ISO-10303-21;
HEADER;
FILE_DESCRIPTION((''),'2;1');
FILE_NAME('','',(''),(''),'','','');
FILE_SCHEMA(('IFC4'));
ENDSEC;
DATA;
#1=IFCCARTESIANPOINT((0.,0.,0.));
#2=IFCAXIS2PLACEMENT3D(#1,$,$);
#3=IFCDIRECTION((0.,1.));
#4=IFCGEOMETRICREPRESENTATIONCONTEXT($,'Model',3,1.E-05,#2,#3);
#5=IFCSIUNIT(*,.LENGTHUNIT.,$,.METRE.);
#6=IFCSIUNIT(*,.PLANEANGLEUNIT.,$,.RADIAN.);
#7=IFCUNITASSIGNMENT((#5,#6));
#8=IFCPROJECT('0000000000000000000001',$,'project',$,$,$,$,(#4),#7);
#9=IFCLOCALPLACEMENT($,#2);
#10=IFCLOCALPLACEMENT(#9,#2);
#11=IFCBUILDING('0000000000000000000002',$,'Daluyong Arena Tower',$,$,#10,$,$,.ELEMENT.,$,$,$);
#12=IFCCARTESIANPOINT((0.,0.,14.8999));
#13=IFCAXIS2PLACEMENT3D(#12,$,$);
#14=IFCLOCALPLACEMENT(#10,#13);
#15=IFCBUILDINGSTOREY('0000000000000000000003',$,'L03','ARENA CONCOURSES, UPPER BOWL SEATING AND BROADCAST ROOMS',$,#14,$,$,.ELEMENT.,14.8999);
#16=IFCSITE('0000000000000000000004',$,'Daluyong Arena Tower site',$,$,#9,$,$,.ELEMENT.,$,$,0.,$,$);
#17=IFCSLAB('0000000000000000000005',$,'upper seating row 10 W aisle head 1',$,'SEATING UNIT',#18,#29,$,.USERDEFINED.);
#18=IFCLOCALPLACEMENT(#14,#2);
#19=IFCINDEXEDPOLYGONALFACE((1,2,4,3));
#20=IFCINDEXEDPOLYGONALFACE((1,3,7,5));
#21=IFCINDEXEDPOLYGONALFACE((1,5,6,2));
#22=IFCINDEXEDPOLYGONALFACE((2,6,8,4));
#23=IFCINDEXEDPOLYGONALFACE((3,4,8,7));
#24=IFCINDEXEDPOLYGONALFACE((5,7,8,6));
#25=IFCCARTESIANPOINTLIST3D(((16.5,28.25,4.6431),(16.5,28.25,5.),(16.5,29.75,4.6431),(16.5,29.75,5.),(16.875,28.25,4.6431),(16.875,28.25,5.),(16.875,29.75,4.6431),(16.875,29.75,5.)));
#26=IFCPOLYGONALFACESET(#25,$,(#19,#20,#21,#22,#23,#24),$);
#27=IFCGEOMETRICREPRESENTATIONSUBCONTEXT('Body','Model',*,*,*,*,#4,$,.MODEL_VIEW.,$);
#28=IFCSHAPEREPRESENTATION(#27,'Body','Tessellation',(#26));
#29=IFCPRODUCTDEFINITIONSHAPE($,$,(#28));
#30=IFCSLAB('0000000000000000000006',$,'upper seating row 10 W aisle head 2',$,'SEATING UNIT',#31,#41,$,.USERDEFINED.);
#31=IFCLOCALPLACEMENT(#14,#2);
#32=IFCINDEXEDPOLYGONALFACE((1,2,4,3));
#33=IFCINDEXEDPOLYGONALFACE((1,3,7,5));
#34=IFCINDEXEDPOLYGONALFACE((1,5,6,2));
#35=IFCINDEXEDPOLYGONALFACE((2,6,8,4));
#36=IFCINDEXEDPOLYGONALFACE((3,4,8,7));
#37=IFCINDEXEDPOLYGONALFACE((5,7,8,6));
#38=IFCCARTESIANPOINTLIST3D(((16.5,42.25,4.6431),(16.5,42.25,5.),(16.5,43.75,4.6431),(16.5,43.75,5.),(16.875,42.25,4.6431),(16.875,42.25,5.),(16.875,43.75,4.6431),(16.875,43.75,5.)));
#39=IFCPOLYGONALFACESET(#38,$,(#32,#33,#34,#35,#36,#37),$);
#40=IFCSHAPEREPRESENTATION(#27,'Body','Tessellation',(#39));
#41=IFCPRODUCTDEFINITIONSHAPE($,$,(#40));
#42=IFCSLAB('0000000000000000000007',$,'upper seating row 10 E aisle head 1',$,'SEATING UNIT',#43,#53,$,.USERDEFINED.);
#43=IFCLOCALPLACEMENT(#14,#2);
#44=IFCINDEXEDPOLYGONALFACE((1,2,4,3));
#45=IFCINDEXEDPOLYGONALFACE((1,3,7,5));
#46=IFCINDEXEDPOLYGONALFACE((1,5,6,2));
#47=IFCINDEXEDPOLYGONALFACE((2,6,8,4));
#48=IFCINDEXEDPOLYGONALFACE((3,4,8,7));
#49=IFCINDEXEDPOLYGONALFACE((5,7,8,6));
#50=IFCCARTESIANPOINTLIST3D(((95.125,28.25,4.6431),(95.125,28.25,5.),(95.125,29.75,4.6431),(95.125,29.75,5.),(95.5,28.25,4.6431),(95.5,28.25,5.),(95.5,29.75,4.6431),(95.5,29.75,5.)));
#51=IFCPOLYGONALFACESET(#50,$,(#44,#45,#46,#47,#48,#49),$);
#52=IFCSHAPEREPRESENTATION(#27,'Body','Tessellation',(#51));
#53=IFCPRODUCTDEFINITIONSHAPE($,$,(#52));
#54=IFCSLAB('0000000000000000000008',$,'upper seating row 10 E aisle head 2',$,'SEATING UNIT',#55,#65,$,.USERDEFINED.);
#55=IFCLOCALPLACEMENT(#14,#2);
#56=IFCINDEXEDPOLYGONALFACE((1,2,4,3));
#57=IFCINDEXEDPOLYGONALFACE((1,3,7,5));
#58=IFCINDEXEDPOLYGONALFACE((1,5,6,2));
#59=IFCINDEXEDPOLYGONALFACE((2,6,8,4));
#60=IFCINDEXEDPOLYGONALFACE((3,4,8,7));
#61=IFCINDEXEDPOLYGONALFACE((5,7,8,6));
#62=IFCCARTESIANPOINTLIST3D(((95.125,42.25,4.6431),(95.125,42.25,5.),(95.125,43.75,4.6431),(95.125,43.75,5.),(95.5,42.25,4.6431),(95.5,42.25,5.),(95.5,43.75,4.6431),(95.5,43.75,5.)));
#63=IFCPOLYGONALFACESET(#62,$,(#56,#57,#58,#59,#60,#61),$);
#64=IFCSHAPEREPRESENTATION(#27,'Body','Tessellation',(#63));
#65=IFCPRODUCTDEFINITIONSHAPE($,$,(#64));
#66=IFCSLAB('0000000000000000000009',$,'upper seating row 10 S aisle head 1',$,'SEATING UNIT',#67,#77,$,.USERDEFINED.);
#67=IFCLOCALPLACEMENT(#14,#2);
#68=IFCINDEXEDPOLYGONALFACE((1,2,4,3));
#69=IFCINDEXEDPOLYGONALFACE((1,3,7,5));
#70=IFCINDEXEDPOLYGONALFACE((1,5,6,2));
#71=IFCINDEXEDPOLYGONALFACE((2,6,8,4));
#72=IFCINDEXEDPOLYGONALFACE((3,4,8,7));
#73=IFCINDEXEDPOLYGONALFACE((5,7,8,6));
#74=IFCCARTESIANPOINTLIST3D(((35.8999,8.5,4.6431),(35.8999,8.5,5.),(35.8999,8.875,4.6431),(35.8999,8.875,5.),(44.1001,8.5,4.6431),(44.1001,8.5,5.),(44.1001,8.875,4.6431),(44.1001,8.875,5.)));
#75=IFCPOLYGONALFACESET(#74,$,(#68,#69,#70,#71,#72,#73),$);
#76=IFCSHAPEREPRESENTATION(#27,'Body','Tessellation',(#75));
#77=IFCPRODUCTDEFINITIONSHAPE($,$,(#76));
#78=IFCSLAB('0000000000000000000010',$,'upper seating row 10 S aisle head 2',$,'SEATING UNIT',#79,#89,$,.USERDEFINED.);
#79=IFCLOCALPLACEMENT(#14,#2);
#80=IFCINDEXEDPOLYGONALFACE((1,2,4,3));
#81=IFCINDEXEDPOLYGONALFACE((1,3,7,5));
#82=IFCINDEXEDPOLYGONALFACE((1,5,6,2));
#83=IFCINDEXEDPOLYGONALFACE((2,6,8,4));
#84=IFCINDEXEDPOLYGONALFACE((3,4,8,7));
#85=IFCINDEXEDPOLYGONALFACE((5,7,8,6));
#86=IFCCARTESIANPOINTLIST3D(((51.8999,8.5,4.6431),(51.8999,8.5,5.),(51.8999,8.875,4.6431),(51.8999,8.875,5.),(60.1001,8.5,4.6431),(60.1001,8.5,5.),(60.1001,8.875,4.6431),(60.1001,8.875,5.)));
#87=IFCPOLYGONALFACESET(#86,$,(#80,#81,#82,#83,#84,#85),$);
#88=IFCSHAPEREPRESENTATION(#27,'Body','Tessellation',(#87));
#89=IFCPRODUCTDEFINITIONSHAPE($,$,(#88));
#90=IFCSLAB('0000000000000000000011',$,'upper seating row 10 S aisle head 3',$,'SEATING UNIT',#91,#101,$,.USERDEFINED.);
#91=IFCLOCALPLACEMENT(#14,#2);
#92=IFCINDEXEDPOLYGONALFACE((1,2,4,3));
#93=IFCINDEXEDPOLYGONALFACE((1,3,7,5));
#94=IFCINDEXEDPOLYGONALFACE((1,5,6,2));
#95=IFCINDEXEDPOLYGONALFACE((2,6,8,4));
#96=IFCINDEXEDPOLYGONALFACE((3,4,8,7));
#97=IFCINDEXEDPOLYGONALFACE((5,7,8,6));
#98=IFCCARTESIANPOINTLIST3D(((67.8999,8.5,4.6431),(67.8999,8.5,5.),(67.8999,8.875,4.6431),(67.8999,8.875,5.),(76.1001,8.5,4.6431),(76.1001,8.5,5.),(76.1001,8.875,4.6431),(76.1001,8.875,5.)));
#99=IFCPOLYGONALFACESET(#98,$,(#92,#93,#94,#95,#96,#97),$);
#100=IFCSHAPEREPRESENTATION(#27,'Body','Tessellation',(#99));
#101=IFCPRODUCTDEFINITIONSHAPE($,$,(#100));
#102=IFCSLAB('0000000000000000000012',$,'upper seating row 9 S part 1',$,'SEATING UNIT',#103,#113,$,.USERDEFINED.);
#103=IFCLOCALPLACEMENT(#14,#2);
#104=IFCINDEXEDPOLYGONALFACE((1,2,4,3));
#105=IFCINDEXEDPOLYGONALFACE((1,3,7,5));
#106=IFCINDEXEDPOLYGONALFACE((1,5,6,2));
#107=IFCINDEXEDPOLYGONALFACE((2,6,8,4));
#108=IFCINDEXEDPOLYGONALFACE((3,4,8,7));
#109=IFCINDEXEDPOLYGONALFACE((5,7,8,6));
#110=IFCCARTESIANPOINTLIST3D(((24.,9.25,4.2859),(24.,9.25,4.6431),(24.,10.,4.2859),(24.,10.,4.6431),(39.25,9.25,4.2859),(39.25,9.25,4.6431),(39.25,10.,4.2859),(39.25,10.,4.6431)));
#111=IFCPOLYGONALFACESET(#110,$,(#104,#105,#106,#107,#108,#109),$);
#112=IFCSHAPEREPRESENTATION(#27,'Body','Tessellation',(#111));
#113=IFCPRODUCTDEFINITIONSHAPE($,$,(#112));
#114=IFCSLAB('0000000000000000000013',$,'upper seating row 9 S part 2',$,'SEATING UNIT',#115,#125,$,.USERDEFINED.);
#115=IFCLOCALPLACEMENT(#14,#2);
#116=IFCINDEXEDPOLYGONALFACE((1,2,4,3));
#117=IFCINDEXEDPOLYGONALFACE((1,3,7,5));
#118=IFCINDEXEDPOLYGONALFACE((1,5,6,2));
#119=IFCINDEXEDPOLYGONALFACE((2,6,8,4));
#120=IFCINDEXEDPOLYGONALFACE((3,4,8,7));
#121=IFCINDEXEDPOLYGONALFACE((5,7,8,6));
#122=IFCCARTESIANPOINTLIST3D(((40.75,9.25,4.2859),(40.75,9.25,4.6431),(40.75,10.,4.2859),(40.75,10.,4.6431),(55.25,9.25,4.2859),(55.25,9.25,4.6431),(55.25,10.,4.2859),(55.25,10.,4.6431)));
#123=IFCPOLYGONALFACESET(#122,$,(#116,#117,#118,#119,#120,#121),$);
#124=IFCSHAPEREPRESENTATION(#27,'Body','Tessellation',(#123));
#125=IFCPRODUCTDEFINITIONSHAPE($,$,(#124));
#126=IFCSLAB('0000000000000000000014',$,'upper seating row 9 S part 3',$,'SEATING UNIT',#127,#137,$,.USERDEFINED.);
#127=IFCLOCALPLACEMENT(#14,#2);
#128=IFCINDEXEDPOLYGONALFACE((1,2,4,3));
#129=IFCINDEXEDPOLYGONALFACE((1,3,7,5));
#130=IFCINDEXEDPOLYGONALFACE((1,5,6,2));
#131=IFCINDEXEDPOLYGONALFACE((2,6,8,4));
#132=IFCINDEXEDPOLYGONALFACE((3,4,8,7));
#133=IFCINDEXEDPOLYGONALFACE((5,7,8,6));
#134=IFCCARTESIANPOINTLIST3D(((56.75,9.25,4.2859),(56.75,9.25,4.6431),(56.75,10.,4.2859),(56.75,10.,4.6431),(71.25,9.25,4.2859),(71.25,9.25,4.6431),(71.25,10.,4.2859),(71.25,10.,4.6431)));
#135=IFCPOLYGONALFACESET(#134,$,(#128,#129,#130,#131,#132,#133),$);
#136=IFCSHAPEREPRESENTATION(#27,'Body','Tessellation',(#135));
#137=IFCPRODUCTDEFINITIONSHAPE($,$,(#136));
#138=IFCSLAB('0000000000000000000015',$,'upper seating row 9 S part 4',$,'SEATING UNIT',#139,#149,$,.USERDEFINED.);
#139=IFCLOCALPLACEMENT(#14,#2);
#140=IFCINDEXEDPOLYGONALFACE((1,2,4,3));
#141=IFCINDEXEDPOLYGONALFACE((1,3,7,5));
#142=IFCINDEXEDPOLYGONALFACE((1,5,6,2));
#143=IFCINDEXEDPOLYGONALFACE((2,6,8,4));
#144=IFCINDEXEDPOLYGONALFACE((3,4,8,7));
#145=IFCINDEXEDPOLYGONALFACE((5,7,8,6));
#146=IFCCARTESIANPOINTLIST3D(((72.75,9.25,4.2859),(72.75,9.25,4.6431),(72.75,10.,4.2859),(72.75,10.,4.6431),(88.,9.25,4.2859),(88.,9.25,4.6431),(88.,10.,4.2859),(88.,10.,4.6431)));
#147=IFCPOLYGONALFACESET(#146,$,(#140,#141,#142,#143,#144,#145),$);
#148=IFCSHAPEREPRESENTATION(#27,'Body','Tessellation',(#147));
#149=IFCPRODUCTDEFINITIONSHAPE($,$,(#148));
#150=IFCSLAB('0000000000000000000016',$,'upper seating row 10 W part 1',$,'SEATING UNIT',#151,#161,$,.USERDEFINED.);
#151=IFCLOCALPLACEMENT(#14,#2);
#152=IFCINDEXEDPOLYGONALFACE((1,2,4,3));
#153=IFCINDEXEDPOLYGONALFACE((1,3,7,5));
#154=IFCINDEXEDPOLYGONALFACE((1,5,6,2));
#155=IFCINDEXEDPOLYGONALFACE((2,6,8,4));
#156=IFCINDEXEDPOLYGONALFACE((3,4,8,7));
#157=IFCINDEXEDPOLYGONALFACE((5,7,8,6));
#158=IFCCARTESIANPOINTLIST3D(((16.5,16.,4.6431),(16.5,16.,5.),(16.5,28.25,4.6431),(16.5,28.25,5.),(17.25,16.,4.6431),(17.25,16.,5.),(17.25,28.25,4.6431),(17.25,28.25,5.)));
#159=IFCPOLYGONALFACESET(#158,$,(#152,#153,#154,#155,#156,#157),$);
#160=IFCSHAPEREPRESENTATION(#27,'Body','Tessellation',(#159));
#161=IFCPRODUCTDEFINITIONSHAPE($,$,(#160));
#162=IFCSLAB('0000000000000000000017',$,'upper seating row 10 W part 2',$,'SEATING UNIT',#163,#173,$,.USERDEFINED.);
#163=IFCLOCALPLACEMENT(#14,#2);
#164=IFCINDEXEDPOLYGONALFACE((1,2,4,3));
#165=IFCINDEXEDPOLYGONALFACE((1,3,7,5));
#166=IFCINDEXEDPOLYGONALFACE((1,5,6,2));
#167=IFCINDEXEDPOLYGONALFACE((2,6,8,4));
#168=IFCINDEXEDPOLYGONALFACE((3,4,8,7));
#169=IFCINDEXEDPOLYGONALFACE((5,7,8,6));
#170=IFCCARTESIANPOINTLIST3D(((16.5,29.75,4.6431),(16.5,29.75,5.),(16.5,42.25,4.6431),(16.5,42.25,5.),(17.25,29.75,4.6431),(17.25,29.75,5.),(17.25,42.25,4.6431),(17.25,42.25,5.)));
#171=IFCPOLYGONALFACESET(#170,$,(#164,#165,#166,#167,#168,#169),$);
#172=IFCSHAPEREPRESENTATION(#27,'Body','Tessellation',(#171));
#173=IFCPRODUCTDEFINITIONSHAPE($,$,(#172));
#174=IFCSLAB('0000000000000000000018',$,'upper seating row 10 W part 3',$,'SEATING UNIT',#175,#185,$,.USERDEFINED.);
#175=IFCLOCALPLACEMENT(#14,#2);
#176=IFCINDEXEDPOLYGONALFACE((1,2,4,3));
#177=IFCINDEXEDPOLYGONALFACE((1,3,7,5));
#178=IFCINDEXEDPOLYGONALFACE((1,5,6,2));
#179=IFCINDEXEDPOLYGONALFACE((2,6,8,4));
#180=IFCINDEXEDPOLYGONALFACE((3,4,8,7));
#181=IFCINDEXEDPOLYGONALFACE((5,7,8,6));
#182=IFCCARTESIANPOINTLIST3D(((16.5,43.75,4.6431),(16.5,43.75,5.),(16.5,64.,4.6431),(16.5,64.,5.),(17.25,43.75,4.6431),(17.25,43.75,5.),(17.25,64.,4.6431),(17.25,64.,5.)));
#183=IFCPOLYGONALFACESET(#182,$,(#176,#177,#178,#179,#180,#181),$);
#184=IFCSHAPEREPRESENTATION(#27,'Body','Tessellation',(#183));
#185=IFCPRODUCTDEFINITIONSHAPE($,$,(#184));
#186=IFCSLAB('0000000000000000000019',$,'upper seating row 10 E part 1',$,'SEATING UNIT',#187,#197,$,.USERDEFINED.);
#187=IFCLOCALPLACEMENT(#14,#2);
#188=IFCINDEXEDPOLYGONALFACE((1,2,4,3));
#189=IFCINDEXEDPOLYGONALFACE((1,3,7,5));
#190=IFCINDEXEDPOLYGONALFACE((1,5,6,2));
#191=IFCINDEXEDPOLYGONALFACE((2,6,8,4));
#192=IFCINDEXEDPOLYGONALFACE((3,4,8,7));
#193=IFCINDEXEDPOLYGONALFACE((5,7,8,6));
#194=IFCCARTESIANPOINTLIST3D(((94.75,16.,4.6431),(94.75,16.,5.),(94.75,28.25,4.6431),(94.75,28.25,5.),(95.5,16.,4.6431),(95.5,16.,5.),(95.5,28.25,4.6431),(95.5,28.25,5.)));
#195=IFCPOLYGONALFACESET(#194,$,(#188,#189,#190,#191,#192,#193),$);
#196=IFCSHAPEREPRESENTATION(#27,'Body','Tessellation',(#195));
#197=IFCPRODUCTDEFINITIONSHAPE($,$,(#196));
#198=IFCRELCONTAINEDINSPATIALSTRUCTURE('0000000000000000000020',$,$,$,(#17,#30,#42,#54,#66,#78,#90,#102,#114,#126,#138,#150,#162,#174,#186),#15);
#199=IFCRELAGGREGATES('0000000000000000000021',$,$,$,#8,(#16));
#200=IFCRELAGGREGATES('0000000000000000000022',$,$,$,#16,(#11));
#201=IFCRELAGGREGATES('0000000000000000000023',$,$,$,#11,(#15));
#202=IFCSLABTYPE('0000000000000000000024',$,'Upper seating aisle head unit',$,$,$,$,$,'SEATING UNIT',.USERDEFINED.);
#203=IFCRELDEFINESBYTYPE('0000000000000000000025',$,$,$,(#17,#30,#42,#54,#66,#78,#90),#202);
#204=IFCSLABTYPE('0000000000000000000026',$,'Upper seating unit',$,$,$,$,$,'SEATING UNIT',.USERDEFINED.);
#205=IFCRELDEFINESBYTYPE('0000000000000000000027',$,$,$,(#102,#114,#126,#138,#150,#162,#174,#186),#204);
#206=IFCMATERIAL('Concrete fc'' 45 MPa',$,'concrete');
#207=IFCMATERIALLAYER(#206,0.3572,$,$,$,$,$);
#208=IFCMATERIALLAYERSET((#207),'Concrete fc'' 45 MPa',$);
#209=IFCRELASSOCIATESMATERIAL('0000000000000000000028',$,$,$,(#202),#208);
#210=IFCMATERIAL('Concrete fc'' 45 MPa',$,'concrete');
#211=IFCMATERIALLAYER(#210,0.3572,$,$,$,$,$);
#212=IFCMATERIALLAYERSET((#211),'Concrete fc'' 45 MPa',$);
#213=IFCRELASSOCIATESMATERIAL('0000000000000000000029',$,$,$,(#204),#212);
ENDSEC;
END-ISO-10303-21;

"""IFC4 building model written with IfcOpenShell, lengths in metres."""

from ifc_helpers import new_model, si_unit, direction, frame, origin, place, context, subcontext, project, spatial, polyline, outline, extrude, material, layer, layer_set, type_object, element, save


model = new_model("IFC4")

# Units and contexts
model_context = context("Model", 3, precision=1e-05, world=origin(), true_north=direction((0.0, 1.0)))
body_context = subcontext(model_context, "Body", "Model", "MODEL_VIEW")
ifc_project = project(units=[si_unit("LENGTHUNIT", "METRE"), si_unit("PLANEANGLEUNIT", "RADIAN")], contexts=[model_context])

# Site, building, storey
site_placement = place(None, origin())
site = spatial("IfcSite", under=ifc_project, at=site_placement, Name="Daluyong Arena Tower site", CompositionType="ELEMENT", RefElevation=0.0)
building_placement = place(site_placement, origin())
building = spatial("IfcBuilding", under=site, at=building_placement, Name="Daluyong Arena Tower", CompositionType="ELEMENT")
storey_placement = place(building_placement, frame((0.0, 0.0, 14.8999)))
storey = spatial("IfcBuildingStorey", under=building, at=storey_placement, Name="L03", Description="ARENA CONCOURSES, UPPER BOWL SEATING AND BROADCAST ROOMS", CompositionType="ELEMENT", Elevation=14.8999)

# Slabs
ifc_material_1 = material(Name="Concrete fc' 45 MPa", Category="concrete")
ifc_layer_1 = layer(ifc_material_1, 0.3572)
ifc_layer_set_1 = layer_set([ifc_layer_1], Name="Concrete fc' 45 MPa")
slab_type_1 = type_object("IfcSlabType", Name="Upper seating aisle head unit", ElementType="SEATING UNIT", PredefinedType="USERDEFINED", material=ifc_layer_set_1)
slab_1_placement = place(storey_placement, frame((0.0, 0.0, 4.6431)))
element("IfcSlab", 1, at=slab_1_placement, inside=storey, type_object=slab_type_1, Name="upper seating row 10 W aisle head 1", ObjectType="SEATING UNIT", PredefinedType="USERDEFINED", context=body_context, shape_type="SweptSolid", body=[
    extrude(outline(polyline([(16.5, 28.25), (16.875, 28.25), (16.875, 29.75), (16.5, 29.75), (16.5, 28.25)])), origin(), (0.0, 0.0, 1.0), 0.3569),
])
slab_2_placement = place(storey_placement, frame((0.0, 0.0, 4.6431)))
element("IfcSlab", 2, at=slab_2_placement, inside=storey, type_object=slab_type_1, Name="upper seating row 10 W aisle head 2", ObjectType="SEATING UNIT", PredefinedType="USERDEFINED", context=body_context, shape_type="SweptSolid", body=[
    extrude(outline(polyline([(16.5, 42.25), (16.875, 42.25), (16.875, 43.75), (16.5, 43.75), (16.5, 42.25)])), origin(), (0.0, 0.0, 1.0), 0.3569),
])
slab_3_placement = place(storey_placement, frame((0.0, 0.0, 4.6431)))
element("IfcSlab", 3, at=slab_3_placement, inside=storey, type_object=slab_type_1, Name="upper seating row 10 E aisle head 1", ObjectType="SEATING UNIT", PredefinedType="USERDEFINED", context=body_context, shape_type="SweptSolid", body=[
    extrude(outline(polyline([(95.125, 28.25), (95.5, 28.25), (95.5, 29.75), (95.125, 29.75), (95.125, 28.25)])), origin(), (0.0, 0.0, 1.0), 0.3569),
])
slab_4_placement = place(storey_placement, frame((0.0, 0.0, 4.6431)))
element("IfcSlab", 4, at=slab_4_placement, inside=storey, type_object=slab_type_1, Name="upper seating row 10 E aisle head 2", ObjectType="SEATING UNIT", PredefinedType="USERDEFINED", context=body_context, shape_type="SweptSolid", body=[
    extrude(outline(polyline([(95.125, 42.25), (95.5, 42.25), (95.5, 43.75), (95.125, 43.75), (95.125, 42.25)])), origin(), (0.0, 0.0, 1.0), 0.3569),
])
slab_5_placement = place(storey_placement, frame((0.0, 0.0, 4.6431)))
element("IfcSlab", 5, at=slab_5_placement, inside=storey, type_object=slab_type_1, Name="upper seating row 10 S aisle head 1", ObjectType="SEATING UNIT", PredefinedType="USERDEFINED", context=body_context, shape_type="SweptSolid", body=[
    extrude(outline(polyline([(35.8999, 8.875), (35.8999, 8.5), (44.1001, 8.5), (44.1001, 8.875), (35.8999, 8.875)])), origin(), (0.0, 0.0, 1.0), 0.3569),
])
slab_6_placement = place(storey_placement, frame((0.0, 0.0, 4.6431)))
element("IfcSlab", 6, at=slab_6_placement, inside=storey, type_object=slab_type_1, Name="upper seating row 10 S aisle head 2", ObjectType="SEATING UNIT", PredefinedType="USERDEFINED", context=body_context, shape_type="SweptSolid", body=[
    extrude(outline(polyline([(60.1001, 8.5), (60.1001, 8.875), (51.8999, 8.875), (51.8999, 8.5), (60.1001, 8.5)])), origin(), (0.0, 0.0, 1.0), 0.3569),
])
slab_7_placement = place(storey_placement, frame((0.0, 0.0, 4.6431)))
element("IfcSlab", 7, at=slab_7_placement, inside=storey, type_object=slab_type_1, Name="upper seating row 10 S aisle head 3", ObjectType="SEATING UNIT", PredefinedType="USERDEFINED", context=body_context, shape_type="SweptSolid", body=[
    extrude(outline(polyline([(76.1001, 8.5), (76.1001, 8.875), (67.8999, 8.875), (67.8999, 8.5), (76.1001, 8.5)])), origin(), (0.0, 0.0, 1.0), 0.3569),
])
ifc_material_2 = material(Name="Concrete fc' 45 MPa", Category="concrete")
ifc_layer_2 = layer(ifc_material_2, 0.3572)
ifc_layer_set_2 = layer_set([ifc_layer_2], Name="Concrete fc' 45 MPa")
slab_type_2 = type_object("IfcSlabType", Name="Upper seating unit", ElementType="SEATING UNIT", PredefinedType="USERDEFINED", material=ifc_layer_set_2)
slab_8_placement = place(storey_placement, frame((0.0, 0.0, 4.2859)))
element("IfcSlab", 8, at=slab_8_placement, inside=storey, type_object=slab_type_2, Name="upper seating row 9 S part 1", ObjectType="SEATING UNIT", PredefinedType="USERDEFINED", context=body_context, shape_type="SweptSolid", body=[
    extrude(outline(polyline([(24.0, 9.25), (39.25, 9.25), (39.25, 10.0), (24.0, 10.0), (24.0, 9.25)])), origin(), (0.0, 0.0, 1.0), 0.3572),
])
slab_9_placement = place(storey_placement, frame((0.0, 0.0, 4.2859)))
element("IfcSlab", 9, at=slab_9_placement, inside=storey, type_object=slab_type_2, Name="upper seating row 9 S part 2", ObjectType="SEATING UNIT", PredefinedType="USERDEFINED", context=body_context, shape_type="SweptSolid", body=[
    extrude(outline(polyline([(55.25, 10.0), (40.75, 10.0), (40.75, 9.25), (55.25, 9.25), (55.25, 10.0)])), origin(), (0.0, 0.0, 1.0), 0.3572),
])
slab_10_placement = place(storey_placement, frame((0.0, 0.0, 4.2859)))
element("IfcSlab", 10, at=slab_10_placement, inside=storey, type_object=slab_type_2, Name="upper seating row 9 S part 3", ObjectType="SEATING UNIT", PredefinedType="USERDEFINED", context=body_context, shape_type="SweptSolid", body=[
    extrude(outline(polyline([(71.25, 10.0), (56.75, 10.0), (56.75, 9.25), (71.25, 9.25), (71.25, 10.0)])), origin(), (0.0, 0.0, 1.0), 0.3572),
])
slab_11_placement = place(storey_placement, frame((0.0, 0.0, 4.2859)))
element("IfcSlab", 11, at=slab_11_placement, inside=storey, type_object=slab_type_2, Name="upper seating row 9 S part 4", ObjectType="SEATING UNIT", PredefinedType="USERDEFINED", context=body_context, shape_type="SweptSolid", body=[
    extrude(outline(polyline([(88.0, 10.0), (72.75, 10.0), (72.75, 9.25), (88.0, 9.25), (88.0, 10.0)])), origin(), (0.0, 0.0, 1.0), 0.3572),
])
slab_12_placement = place(storey_placement, frame((0.0, 0.0, 4.6431)))
element("IfcSlab", 12, at=slab_12_placement, inside=storey, type_object=slab_type_2, Name="upper seating row 10 W part 1", ObjectType="SEATING UNIT", PredefinedType="USERDEFINED", context=body_context, shape_type="SweptSolid", body=[
    extrude(outline(polyline([(17.25, 16.0), (17.25, 28.25), (16.5, 28.25), (16.5, 16.0), (17.25, 16.0)])), origin(), (0.0, 0.0, 1.0), 0.3569),
])
slab_13_placement = place(storey_placement, frame((0.0, 0.0, 4.6431)))
element("IfcSlab", 13, at=slab_13_placement, inside=storey, type_object=slab_type_2, Name="upper seating row 10 W part 2", ObjectType="SEATING UNIT", PredefinedType="USERDEFINED", context=body_context, shape_type="SweptSolid", body=[
    extrude(outline(polyline([(17.25, 29.75), (17.25, 42.25), (16.5, 42.25), (16.5, 29.75), (17.25, 29.75)])), origin(), (0.0, 0.0, 1.0), 0.3569),
])
slab_14_placement = place(storey_placement, frame((0.0, 0.0, 4.6431)))
element("IfcSlab", 14, at=slab_14_placement, inside=storey, type_object=slab_type_2, Name="upper seating row 10 W part 3", ObjectType="SEATING UNIT", PredefinedType="USERDEFINED", context=body_context, shape_type="SweptSolid", body=[
    extrude(outline(polyline([(16.5, 64.0), (16.5, 43.75), (17.25, 43.75), (17.25, 64.0), (16.5, 64.0)])), origin(), (0.0, 0.0, 1.0), 0.3569),
])
slab_15_placement = place(storey_placement, frame((0.0, 0.0, 4.6431)))
element("IfcSlab", 15, at=slab_15_placement, inside=storey, type_object=slab_type_2, Name="upper seating row 10 E part 1", ObjectType="SEATING UNIT", PredefinedType="USERDEFINED", context=body_context, shape_type="SweptSolid", body=[
    extrude(outline(polyline([(95.5, 16.0), (95.5, 28.25), (94.75, 28.25), (94.75, 16.0), (95.5, 16.0)])), origin(), (0.0, 0.0, 1.0), 0.3569),
])

save(model, "model.ifc")
